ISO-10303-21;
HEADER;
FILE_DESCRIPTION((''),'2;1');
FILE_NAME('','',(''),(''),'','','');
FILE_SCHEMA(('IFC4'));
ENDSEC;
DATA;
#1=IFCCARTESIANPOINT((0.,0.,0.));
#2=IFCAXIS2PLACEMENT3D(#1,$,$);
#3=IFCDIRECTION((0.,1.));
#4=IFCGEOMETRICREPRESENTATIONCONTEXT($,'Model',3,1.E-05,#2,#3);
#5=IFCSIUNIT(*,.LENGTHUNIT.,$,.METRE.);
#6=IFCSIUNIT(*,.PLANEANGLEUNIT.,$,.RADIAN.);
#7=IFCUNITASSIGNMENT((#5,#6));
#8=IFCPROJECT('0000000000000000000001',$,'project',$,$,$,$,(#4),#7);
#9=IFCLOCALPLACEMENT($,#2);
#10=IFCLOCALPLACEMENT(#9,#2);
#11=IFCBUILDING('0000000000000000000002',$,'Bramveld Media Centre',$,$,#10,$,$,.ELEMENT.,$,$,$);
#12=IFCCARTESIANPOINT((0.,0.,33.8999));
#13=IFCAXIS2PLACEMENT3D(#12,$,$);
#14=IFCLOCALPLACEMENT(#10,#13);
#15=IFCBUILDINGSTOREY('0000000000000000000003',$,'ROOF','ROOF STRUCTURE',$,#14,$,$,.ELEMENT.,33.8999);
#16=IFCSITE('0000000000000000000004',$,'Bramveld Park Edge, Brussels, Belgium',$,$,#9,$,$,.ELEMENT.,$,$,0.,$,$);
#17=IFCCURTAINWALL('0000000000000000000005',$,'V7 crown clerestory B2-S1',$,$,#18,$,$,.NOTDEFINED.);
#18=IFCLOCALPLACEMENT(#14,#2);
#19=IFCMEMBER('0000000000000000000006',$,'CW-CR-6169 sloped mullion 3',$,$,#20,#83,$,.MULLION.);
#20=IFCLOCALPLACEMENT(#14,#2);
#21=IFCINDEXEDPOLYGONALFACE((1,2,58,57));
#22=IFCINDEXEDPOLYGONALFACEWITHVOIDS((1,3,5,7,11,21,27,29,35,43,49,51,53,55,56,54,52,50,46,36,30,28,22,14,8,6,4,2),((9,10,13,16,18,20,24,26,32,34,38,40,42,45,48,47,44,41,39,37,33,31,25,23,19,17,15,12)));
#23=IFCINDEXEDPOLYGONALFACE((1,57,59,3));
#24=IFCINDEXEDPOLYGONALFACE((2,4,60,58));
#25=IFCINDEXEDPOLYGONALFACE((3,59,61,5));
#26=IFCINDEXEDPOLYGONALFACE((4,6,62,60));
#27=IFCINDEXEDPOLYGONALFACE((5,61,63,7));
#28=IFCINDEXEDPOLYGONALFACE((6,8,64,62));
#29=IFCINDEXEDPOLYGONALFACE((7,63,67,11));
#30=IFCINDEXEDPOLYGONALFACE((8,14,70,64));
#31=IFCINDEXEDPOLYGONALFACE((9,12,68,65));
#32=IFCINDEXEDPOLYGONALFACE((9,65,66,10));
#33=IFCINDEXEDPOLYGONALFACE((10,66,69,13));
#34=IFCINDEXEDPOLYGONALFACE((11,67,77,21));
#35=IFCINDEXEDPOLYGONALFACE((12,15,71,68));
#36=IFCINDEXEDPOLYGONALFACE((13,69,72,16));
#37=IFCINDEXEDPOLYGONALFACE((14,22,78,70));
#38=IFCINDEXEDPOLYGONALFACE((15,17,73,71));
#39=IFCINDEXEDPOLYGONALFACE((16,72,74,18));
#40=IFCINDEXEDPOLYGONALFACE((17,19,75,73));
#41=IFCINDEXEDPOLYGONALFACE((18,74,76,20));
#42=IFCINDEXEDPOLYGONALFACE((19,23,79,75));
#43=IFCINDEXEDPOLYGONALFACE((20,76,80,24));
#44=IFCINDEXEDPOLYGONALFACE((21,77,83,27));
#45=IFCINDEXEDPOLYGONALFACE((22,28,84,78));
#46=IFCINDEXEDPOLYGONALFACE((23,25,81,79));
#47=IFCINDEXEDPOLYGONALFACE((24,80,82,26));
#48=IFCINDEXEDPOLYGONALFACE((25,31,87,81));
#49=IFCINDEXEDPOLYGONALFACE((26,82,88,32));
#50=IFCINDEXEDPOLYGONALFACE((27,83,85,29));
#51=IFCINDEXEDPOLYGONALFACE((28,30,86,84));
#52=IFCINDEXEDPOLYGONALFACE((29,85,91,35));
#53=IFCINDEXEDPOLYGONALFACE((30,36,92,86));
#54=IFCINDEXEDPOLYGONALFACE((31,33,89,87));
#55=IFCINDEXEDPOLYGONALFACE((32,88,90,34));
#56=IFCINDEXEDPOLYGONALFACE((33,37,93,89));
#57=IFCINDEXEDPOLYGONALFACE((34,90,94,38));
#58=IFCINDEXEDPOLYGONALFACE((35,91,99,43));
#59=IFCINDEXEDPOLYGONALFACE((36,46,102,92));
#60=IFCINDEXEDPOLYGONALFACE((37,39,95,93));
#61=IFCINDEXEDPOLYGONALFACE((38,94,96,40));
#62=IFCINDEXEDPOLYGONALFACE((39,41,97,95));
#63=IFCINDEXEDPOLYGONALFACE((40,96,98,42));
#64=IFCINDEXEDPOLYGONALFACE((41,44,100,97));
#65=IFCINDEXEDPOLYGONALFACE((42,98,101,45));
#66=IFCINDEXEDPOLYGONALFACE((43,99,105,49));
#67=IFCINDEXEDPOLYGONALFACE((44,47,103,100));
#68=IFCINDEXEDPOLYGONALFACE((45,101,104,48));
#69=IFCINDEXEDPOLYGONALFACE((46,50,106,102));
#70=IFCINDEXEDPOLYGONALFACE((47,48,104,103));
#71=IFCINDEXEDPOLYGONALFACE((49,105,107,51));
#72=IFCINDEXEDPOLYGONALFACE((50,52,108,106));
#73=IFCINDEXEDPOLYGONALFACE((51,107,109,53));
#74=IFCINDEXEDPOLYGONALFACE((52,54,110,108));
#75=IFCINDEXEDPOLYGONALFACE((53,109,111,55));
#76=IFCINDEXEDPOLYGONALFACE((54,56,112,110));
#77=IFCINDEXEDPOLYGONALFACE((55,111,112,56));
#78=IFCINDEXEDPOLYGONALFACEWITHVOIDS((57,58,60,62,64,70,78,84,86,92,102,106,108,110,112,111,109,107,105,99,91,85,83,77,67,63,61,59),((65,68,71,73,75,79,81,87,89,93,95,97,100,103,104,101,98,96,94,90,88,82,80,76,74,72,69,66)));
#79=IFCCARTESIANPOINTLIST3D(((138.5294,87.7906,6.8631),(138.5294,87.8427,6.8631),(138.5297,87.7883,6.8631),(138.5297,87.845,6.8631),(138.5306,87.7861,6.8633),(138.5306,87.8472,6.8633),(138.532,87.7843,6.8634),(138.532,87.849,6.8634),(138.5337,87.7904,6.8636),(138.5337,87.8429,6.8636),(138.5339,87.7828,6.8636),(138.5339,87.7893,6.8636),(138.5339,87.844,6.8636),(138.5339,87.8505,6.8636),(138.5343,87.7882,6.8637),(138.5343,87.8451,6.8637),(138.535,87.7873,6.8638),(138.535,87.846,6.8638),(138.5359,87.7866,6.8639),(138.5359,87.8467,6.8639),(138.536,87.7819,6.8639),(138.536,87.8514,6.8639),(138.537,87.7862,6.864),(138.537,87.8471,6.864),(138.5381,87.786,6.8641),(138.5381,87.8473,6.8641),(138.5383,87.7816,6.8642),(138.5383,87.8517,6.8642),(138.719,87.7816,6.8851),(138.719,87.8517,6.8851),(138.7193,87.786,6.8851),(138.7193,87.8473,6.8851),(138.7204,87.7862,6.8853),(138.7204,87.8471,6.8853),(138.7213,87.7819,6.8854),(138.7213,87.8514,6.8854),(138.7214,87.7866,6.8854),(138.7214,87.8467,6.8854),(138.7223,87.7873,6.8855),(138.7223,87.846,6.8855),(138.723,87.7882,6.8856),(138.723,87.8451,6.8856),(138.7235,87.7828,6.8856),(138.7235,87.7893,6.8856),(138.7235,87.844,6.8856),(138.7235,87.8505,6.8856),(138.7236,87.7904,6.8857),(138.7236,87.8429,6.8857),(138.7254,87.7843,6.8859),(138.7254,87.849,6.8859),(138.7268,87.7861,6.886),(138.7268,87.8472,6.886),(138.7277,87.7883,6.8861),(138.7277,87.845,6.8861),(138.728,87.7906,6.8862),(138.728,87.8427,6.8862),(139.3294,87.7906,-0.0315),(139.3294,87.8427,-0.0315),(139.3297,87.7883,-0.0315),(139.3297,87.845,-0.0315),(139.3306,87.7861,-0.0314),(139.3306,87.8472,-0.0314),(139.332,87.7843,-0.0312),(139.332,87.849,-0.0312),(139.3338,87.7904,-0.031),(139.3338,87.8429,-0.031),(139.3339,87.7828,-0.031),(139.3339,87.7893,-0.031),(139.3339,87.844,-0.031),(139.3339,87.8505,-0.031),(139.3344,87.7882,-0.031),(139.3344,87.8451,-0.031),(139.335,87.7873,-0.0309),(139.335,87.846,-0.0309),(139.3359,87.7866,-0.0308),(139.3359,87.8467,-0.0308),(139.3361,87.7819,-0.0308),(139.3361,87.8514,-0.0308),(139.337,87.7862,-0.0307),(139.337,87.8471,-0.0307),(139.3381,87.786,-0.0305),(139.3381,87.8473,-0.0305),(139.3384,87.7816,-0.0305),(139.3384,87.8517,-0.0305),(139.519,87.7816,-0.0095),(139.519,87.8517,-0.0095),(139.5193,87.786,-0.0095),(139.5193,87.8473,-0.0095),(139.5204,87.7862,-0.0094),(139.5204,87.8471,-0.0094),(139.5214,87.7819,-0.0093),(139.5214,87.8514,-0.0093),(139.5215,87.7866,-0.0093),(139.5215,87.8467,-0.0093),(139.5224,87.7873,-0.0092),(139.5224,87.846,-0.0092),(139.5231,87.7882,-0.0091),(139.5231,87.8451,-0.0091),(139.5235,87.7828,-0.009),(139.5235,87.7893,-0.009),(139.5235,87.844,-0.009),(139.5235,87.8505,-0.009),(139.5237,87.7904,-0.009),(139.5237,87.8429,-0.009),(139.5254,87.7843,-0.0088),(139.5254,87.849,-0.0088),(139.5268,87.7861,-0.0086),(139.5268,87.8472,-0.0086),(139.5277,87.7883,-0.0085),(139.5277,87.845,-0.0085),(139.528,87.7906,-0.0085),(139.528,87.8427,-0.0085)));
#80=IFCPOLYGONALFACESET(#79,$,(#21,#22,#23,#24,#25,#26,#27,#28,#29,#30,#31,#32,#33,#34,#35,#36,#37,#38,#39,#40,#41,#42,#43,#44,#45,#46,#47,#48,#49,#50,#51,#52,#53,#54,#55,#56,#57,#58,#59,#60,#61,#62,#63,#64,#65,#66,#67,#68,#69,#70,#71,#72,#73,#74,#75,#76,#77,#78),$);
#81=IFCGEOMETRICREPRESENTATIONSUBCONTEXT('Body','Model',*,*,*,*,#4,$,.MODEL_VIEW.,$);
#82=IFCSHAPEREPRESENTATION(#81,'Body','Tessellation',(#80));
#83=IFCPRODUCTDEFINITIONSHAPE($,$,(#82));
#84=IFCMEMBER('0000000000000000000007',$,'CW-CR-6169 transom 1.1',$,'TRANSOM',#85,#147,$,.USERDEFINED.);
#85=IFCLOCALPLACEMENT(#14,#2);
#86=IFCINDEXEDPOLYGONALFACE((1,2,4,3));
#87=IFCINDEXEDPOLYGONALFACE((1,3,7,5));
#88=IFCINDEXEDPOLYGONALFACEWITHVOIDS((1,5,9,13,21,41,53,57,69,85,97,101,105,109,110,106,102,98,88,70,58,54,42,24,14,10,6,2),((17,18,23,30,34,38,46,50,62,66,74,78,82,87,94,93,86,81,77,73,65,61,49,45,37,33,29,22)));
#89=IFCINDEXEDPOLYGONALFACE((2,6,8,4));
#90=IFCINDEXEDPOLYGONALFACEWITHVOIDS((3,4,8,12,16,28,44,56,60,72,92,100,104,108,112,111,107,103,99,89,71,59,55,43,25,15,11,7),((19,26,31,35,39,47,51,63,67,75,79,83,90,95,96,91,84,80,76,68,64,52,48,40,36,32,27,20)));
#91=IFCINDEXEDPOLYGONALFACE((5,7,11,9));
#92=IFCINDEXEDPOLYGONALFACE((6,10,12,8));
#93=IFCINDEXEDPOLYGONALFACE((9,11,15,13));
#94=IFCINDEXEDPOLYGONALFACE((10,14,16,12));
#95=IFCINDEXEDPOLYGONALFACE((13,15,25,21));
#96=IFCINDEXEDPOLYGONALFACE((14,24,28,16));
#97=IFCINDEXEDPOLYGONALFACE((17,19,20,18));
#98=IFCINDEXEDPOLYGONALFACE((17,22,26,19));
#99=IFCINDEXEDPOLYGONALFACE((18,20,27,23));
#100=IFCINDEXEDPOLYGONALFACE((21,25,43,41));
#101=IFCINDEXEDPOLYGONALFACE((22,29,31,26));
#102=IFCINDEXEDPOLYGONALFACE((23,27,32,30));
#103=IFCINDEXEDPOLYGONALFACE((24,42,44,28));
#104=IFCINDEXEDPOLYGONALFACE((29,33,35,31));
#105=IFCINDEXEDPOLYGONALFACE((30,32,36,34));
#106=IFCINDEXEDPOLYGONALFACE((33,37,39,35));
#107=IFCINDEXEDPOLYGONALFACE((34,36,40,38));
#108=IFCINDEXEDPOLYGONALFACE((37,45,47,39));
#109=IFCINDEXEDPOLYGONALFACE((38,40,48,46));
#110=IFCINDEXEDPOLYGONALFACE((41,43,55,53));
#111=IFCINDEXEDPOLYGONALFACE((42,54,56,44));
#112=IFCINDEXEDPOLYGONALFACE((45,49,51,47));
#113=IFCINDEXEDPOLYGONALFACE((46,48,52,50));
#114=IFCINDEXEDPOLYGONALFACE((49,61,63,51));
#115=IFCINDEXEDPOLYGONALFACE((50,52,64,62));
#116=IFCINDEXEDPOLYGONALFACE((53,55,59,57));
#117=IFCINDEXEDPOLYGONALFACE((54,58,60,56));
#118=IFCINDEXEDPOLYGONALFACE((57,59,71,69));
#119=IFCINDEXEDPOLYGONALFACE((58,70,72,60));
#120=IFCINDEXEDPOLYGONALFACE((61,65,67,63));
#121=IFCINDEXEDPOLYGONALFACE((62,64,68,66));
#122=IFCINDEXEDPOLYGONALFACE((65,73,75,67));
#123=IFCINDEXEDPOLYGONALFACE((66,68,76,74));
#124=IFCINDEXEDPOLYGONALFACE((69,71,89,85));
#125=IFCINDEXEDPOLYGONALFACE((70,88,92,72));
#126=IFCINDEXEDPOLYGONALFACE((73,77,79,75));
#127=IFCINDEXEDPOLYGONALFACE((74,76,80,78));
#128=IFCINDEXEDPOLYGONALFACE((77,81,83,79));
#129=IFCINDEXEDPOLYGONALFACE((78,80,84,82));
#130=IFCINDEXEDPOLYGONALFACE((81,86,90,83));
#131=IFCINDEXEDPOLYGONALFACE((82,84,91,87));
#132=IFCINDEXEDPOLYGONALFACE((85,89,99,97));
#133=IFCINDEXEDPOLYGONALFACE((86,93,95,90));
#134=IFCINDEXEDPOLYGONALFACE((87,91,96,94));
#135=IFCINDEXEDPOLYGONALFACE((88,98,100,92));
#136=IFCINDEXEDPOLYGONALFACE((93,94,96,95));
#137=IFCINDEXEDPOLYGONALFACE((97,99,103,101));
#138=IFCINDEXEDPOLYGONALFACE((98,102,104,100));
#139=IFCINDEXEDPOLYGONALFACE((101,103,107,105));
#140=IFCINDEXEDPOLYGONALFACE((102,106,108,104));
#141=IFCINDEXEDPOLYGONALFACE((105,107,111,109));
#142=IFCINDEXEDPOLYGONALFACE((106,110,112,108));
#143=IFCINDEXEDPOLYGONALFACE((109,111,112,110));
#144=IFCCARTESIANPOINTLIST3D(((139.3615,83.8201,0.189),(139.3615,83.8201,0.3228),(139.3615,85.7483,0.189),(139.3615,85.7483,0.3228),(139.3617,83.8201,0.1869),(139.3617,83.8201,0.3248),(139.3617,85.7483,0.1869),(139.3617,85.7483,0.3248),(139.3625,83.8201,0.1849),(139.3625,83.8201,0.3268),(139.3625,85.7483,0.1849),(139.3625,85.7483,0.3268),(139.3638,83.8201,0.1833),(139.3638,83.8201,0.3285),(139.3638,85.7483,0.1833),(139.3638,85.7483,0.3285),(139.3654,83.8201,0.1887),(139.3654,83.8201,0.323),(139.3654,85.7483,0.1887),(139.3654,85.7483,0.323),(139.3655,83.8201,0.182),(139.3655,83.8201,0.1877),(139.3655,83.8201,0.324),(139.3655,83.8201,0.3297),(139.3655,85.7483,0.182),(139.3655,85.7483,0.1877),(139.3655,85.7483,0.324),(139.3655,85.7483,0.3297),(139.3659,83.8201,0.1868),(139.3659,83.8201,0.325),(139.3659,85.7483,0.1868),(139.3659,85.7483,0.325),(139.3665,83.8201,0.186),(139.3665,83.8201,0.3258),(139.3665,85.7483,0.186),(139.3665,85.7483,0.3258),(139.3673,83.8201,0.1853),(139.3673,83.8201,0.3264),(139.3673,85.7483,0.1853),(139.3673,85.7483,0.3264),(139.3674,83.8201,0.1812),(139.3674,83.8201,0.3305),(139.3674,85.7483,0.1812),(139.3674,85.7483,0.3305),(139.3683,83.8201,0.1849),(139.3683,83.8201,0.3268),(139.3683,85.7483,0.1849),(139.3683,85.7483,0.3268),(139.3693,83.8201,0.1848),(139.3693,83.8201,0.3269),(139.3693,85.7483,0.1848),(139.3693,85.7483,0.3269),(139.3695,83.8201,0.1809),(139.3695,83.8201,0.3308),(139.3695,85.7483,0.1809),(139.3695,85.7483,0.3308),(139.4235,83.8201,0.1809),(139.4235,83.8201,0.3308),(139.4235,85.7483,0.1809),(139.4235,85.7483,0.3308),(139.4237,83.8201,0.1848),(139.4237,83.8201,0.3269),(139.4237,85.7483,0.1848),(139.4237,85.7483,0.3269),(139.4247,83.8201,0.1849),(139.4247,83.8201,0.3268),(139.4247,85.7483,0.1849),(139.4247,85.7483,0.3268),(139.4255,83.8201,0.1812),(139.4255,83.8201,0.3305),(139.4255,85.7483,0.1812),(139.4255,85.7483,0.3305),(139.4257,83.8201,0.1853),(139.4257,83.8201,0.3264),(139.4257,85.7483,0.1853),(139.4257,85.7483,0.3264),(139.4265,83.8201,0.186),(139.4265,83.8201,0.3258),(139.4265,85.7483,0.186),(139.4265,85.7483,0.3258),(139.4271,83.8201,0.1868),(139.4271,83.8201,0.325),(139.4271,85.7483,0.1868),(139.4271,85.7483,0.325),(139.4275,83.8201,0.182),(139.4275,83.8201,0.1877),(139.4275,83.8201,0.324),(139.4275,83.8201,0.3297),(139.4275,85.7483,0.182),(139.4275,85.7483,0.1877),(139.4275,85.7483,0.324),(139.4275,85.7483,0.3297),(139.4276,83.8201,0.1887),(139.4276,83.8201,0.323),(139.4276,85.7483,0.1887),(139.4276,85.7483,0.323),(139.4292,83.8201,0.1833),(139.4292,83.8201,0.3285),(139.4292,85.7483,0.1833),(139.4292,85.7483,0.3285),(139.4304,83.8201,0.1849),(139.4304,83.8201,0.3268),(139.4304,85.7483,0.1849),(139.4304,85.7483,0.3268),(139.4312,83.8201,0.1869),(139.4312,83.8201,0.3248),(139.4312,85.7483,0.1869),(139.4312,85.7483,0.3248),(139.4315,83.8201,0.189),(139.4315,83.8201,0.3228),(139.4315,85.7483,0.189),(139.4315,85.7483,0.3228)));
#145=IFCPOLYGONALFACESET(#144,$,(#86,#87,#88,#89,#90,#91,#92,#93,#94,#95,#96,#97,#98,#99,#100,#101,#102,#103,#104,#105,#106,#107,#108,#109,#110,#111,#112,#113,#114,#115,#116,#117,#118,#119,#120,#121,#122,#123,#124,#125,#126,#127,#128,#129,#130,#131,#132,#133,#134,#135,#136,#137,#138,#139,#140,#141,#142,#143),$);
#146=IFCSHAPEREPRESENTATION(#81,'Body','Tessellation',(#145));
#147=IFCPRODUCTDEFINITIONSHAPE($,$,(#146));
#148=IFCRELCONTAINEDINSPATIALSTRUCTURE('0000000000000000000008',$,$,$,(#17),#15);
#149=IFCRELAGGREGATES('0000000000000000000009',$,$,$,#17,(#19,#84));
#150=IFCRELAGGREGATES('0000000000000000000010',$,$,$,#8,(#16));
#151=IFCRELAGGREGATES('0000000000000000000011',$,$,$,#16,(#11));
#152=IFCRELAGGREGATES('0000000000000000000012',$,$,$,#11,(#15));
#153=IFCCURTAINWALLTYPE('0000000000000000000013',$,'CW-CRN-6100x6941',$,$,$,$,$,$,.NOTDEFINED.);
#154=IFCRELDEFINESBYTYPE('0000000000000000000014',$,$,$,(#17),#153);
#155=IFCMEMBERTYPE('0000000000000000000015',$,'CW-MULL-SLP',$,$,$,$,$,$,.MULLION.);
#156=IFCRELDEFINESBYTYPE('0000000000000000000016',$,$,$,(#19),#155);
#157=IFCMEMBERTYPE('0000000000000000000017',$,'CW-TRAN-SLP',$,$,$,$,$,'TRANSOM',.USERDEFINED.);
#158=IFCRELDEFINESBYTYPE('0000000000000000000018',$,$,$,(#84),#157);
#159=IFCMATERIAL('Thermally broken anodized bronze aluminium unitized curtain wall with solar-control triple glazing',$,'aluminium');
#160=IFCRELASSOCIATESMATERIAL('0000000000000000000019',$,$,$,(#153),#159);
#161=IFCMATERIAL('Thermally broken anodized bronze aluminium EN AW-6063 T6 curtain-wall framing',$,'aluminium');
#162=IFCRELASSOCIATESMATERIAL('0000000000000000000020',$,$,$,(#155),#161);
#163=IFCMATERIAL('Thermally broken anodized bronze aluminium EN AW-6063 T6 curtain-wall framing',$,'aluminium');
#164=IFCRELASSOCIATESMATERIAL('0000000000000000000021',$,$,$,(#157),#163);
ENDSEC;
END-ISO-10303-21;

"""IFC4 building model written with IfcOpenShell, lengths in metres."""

from ifc_helpers import new_model, si_unit, direction, frame, origin, origin_2d, place, context, subcontext, project, spatial, hollow_rectangle, extrude, material, material_profile, profile_set, type_object, element, aggregate, save


model = new_model("IFC4")

# Units and contexts
model_context = context("Model", 3, precision=1e-05, world=origin(), true_north=direction((0.0, 1.0)))
body_context = subcontext(model_context, "Body", "Model", "MODEL_VIEW")
ifc_project = project(units=[si_unit("LENGTHUNIT", "METRE"), si_unit("PLANEANGLEUNIT", "RADIAN")], contexts=[model_context])

# Site, building, storey
site_placement = place(None, origin())
site = spatial("IfcSite", under=ifc_project, at=site_placement, Name="Bramveld Park Edge, Brussels, Belgium", CompositionType="ELEMENT", RefElevation=0.0)
building_placement = place(site_placement, origin())
building = spatial("IfcBuilding", under=site, at=building_placement, Name="Bramveld Media Centre", CompositionType="ELEMENT")
storey_placement = place(building_placement, frame((0.0, 0.0, 33.8999)))
storey = spatial("IfcBuildingStorey", under=building, at=storey_placement, Name="ROOF", Description="ROOF STRUCTURE", CompositionType="ELEMENT", Elevation=33.8999)

# Curtain wall, members
ifc_material_1 = material(Name="Thermally broken anodized bronze aluminium unitized curtain wall with solar-control triple glazing", Category="aluminium")
curtain_wall_type = type_object("IfcCurtainWallType", Name="CW-CRN-6100x6941", PredefinedType="NOTDEFINED", material=ifc_material_1)
curtain_wall_1_placement = place(storey_placement, origin())
curtain_wall_1 = element("IfcCurtainWall", 1, at=curtain_wall_1_placement, inside=storey, type_object=curtain_wall_type, Name="V7 crown clerestory B2-S1", PredefinedType="NOTDEFINED")
ifc_material_2 = material(Name="Thermally broken anodized bronze aluminium EN AW-6063 T6 curtain-wall framing", Category="aluminium")
ifc_material_profile_1 = material_profile(ifc_material_2, hollow_rectangle(XDim=0.0701, YDim=0.2, WallThickness=0.0044, InnerFilletRadius=0.0044, OuterFilletRadius=0.009, at=origin_2d()), Name="AL-MULL 70x200")
ifc_profile_set_1 = profile_set([ifc_material_profile_1], Name="Thermally broken anodized bronze aluminium EN AW-6063 T6 curtain-wall framing")
member_type_1 = type_object("IfcMemberType", Name="CW-MULL-SLP", PredefinedType="MULLION", material=ifc_profile_set_1)
member_1_placement = place(storey_placement, frame((139.4287, 87.8167, -0.02), z_axis=(-0.115264, 0.0, 0.993335), x_axis=(0.0, -1.0, 0.0)))
member_1 = element("IfcMember", 2, at=member_1_placement, type_object=member_type_1, Name="CW-CR-6169 sloped mullion 3", PredefinedType="MULLION", context=body_context, shape_type="SweptSolid", body=[
    extrude(hollow_rectangle(XDim=0.0701, YDim=0.2, WallThickness=0.0044, InnerFilletRadius=0.0044, OuterFilletRadius=0.009, at=origin_2d()), origin(), (0.0, 0.0, 1.0), 6.9409),
])
ifc_material_3 = material(Name="Thermally broken anodized bronze aluminium EN AW-6063 T6 curtain-wall framing", Category="aluminium")
ifc_material_profile_2 = material_profile(ifc_material_3, hollow_rectangle(XDim=0.0701, YDim=0.1499, WallThickness=0.0039, InnerFilletRadius=0.0039, OuterFilletRadius=0.0081, at=origin_2d()), Name="AL-TRAN 70x150")
ifc_profile_set_2 = profile_set([ifc_material_profile_2], Name="Thermally broken anodized bronze aluminium EN AW-6063 T6 curtain-wall framing")
member_type_2 = type_object("IfcMemberType", Name="CW-TRAN-SLP", ElementType="TRANSOM", PredefinedType="USERDEFINED", material=ifc_profile_set_2)
member_2_placement = place(storey_placement, frame((139.3965, 83.8201, 0.2559), z_axis=(0.0, 1.0, 0.0), x_axis=(-1.0, 0.0, 0.0)))
member_2 = element("IfcMember", 3, at=member_2_placement, type_object=member_type_2, Name="CW-CR-6169 transom 1.1", ObjectType="TRANSOM", PredefinedType="USERDEFINED", context=body_context, shape_type="SweptSolid", body=[
    extrude(hollow_rectangle(XDim=0.0701, YDim=0.1499, WallThickness=0.0039, InnerFilletRadius=0.0039, OuterFilletRadius=0.0081, at=origin_2d()), origin(), (0.0, 0.0, 1.0), 1.9282),
])
aggregate(curtain_wall_1, [member_1, member_2])

save(model, "model.ifc")
